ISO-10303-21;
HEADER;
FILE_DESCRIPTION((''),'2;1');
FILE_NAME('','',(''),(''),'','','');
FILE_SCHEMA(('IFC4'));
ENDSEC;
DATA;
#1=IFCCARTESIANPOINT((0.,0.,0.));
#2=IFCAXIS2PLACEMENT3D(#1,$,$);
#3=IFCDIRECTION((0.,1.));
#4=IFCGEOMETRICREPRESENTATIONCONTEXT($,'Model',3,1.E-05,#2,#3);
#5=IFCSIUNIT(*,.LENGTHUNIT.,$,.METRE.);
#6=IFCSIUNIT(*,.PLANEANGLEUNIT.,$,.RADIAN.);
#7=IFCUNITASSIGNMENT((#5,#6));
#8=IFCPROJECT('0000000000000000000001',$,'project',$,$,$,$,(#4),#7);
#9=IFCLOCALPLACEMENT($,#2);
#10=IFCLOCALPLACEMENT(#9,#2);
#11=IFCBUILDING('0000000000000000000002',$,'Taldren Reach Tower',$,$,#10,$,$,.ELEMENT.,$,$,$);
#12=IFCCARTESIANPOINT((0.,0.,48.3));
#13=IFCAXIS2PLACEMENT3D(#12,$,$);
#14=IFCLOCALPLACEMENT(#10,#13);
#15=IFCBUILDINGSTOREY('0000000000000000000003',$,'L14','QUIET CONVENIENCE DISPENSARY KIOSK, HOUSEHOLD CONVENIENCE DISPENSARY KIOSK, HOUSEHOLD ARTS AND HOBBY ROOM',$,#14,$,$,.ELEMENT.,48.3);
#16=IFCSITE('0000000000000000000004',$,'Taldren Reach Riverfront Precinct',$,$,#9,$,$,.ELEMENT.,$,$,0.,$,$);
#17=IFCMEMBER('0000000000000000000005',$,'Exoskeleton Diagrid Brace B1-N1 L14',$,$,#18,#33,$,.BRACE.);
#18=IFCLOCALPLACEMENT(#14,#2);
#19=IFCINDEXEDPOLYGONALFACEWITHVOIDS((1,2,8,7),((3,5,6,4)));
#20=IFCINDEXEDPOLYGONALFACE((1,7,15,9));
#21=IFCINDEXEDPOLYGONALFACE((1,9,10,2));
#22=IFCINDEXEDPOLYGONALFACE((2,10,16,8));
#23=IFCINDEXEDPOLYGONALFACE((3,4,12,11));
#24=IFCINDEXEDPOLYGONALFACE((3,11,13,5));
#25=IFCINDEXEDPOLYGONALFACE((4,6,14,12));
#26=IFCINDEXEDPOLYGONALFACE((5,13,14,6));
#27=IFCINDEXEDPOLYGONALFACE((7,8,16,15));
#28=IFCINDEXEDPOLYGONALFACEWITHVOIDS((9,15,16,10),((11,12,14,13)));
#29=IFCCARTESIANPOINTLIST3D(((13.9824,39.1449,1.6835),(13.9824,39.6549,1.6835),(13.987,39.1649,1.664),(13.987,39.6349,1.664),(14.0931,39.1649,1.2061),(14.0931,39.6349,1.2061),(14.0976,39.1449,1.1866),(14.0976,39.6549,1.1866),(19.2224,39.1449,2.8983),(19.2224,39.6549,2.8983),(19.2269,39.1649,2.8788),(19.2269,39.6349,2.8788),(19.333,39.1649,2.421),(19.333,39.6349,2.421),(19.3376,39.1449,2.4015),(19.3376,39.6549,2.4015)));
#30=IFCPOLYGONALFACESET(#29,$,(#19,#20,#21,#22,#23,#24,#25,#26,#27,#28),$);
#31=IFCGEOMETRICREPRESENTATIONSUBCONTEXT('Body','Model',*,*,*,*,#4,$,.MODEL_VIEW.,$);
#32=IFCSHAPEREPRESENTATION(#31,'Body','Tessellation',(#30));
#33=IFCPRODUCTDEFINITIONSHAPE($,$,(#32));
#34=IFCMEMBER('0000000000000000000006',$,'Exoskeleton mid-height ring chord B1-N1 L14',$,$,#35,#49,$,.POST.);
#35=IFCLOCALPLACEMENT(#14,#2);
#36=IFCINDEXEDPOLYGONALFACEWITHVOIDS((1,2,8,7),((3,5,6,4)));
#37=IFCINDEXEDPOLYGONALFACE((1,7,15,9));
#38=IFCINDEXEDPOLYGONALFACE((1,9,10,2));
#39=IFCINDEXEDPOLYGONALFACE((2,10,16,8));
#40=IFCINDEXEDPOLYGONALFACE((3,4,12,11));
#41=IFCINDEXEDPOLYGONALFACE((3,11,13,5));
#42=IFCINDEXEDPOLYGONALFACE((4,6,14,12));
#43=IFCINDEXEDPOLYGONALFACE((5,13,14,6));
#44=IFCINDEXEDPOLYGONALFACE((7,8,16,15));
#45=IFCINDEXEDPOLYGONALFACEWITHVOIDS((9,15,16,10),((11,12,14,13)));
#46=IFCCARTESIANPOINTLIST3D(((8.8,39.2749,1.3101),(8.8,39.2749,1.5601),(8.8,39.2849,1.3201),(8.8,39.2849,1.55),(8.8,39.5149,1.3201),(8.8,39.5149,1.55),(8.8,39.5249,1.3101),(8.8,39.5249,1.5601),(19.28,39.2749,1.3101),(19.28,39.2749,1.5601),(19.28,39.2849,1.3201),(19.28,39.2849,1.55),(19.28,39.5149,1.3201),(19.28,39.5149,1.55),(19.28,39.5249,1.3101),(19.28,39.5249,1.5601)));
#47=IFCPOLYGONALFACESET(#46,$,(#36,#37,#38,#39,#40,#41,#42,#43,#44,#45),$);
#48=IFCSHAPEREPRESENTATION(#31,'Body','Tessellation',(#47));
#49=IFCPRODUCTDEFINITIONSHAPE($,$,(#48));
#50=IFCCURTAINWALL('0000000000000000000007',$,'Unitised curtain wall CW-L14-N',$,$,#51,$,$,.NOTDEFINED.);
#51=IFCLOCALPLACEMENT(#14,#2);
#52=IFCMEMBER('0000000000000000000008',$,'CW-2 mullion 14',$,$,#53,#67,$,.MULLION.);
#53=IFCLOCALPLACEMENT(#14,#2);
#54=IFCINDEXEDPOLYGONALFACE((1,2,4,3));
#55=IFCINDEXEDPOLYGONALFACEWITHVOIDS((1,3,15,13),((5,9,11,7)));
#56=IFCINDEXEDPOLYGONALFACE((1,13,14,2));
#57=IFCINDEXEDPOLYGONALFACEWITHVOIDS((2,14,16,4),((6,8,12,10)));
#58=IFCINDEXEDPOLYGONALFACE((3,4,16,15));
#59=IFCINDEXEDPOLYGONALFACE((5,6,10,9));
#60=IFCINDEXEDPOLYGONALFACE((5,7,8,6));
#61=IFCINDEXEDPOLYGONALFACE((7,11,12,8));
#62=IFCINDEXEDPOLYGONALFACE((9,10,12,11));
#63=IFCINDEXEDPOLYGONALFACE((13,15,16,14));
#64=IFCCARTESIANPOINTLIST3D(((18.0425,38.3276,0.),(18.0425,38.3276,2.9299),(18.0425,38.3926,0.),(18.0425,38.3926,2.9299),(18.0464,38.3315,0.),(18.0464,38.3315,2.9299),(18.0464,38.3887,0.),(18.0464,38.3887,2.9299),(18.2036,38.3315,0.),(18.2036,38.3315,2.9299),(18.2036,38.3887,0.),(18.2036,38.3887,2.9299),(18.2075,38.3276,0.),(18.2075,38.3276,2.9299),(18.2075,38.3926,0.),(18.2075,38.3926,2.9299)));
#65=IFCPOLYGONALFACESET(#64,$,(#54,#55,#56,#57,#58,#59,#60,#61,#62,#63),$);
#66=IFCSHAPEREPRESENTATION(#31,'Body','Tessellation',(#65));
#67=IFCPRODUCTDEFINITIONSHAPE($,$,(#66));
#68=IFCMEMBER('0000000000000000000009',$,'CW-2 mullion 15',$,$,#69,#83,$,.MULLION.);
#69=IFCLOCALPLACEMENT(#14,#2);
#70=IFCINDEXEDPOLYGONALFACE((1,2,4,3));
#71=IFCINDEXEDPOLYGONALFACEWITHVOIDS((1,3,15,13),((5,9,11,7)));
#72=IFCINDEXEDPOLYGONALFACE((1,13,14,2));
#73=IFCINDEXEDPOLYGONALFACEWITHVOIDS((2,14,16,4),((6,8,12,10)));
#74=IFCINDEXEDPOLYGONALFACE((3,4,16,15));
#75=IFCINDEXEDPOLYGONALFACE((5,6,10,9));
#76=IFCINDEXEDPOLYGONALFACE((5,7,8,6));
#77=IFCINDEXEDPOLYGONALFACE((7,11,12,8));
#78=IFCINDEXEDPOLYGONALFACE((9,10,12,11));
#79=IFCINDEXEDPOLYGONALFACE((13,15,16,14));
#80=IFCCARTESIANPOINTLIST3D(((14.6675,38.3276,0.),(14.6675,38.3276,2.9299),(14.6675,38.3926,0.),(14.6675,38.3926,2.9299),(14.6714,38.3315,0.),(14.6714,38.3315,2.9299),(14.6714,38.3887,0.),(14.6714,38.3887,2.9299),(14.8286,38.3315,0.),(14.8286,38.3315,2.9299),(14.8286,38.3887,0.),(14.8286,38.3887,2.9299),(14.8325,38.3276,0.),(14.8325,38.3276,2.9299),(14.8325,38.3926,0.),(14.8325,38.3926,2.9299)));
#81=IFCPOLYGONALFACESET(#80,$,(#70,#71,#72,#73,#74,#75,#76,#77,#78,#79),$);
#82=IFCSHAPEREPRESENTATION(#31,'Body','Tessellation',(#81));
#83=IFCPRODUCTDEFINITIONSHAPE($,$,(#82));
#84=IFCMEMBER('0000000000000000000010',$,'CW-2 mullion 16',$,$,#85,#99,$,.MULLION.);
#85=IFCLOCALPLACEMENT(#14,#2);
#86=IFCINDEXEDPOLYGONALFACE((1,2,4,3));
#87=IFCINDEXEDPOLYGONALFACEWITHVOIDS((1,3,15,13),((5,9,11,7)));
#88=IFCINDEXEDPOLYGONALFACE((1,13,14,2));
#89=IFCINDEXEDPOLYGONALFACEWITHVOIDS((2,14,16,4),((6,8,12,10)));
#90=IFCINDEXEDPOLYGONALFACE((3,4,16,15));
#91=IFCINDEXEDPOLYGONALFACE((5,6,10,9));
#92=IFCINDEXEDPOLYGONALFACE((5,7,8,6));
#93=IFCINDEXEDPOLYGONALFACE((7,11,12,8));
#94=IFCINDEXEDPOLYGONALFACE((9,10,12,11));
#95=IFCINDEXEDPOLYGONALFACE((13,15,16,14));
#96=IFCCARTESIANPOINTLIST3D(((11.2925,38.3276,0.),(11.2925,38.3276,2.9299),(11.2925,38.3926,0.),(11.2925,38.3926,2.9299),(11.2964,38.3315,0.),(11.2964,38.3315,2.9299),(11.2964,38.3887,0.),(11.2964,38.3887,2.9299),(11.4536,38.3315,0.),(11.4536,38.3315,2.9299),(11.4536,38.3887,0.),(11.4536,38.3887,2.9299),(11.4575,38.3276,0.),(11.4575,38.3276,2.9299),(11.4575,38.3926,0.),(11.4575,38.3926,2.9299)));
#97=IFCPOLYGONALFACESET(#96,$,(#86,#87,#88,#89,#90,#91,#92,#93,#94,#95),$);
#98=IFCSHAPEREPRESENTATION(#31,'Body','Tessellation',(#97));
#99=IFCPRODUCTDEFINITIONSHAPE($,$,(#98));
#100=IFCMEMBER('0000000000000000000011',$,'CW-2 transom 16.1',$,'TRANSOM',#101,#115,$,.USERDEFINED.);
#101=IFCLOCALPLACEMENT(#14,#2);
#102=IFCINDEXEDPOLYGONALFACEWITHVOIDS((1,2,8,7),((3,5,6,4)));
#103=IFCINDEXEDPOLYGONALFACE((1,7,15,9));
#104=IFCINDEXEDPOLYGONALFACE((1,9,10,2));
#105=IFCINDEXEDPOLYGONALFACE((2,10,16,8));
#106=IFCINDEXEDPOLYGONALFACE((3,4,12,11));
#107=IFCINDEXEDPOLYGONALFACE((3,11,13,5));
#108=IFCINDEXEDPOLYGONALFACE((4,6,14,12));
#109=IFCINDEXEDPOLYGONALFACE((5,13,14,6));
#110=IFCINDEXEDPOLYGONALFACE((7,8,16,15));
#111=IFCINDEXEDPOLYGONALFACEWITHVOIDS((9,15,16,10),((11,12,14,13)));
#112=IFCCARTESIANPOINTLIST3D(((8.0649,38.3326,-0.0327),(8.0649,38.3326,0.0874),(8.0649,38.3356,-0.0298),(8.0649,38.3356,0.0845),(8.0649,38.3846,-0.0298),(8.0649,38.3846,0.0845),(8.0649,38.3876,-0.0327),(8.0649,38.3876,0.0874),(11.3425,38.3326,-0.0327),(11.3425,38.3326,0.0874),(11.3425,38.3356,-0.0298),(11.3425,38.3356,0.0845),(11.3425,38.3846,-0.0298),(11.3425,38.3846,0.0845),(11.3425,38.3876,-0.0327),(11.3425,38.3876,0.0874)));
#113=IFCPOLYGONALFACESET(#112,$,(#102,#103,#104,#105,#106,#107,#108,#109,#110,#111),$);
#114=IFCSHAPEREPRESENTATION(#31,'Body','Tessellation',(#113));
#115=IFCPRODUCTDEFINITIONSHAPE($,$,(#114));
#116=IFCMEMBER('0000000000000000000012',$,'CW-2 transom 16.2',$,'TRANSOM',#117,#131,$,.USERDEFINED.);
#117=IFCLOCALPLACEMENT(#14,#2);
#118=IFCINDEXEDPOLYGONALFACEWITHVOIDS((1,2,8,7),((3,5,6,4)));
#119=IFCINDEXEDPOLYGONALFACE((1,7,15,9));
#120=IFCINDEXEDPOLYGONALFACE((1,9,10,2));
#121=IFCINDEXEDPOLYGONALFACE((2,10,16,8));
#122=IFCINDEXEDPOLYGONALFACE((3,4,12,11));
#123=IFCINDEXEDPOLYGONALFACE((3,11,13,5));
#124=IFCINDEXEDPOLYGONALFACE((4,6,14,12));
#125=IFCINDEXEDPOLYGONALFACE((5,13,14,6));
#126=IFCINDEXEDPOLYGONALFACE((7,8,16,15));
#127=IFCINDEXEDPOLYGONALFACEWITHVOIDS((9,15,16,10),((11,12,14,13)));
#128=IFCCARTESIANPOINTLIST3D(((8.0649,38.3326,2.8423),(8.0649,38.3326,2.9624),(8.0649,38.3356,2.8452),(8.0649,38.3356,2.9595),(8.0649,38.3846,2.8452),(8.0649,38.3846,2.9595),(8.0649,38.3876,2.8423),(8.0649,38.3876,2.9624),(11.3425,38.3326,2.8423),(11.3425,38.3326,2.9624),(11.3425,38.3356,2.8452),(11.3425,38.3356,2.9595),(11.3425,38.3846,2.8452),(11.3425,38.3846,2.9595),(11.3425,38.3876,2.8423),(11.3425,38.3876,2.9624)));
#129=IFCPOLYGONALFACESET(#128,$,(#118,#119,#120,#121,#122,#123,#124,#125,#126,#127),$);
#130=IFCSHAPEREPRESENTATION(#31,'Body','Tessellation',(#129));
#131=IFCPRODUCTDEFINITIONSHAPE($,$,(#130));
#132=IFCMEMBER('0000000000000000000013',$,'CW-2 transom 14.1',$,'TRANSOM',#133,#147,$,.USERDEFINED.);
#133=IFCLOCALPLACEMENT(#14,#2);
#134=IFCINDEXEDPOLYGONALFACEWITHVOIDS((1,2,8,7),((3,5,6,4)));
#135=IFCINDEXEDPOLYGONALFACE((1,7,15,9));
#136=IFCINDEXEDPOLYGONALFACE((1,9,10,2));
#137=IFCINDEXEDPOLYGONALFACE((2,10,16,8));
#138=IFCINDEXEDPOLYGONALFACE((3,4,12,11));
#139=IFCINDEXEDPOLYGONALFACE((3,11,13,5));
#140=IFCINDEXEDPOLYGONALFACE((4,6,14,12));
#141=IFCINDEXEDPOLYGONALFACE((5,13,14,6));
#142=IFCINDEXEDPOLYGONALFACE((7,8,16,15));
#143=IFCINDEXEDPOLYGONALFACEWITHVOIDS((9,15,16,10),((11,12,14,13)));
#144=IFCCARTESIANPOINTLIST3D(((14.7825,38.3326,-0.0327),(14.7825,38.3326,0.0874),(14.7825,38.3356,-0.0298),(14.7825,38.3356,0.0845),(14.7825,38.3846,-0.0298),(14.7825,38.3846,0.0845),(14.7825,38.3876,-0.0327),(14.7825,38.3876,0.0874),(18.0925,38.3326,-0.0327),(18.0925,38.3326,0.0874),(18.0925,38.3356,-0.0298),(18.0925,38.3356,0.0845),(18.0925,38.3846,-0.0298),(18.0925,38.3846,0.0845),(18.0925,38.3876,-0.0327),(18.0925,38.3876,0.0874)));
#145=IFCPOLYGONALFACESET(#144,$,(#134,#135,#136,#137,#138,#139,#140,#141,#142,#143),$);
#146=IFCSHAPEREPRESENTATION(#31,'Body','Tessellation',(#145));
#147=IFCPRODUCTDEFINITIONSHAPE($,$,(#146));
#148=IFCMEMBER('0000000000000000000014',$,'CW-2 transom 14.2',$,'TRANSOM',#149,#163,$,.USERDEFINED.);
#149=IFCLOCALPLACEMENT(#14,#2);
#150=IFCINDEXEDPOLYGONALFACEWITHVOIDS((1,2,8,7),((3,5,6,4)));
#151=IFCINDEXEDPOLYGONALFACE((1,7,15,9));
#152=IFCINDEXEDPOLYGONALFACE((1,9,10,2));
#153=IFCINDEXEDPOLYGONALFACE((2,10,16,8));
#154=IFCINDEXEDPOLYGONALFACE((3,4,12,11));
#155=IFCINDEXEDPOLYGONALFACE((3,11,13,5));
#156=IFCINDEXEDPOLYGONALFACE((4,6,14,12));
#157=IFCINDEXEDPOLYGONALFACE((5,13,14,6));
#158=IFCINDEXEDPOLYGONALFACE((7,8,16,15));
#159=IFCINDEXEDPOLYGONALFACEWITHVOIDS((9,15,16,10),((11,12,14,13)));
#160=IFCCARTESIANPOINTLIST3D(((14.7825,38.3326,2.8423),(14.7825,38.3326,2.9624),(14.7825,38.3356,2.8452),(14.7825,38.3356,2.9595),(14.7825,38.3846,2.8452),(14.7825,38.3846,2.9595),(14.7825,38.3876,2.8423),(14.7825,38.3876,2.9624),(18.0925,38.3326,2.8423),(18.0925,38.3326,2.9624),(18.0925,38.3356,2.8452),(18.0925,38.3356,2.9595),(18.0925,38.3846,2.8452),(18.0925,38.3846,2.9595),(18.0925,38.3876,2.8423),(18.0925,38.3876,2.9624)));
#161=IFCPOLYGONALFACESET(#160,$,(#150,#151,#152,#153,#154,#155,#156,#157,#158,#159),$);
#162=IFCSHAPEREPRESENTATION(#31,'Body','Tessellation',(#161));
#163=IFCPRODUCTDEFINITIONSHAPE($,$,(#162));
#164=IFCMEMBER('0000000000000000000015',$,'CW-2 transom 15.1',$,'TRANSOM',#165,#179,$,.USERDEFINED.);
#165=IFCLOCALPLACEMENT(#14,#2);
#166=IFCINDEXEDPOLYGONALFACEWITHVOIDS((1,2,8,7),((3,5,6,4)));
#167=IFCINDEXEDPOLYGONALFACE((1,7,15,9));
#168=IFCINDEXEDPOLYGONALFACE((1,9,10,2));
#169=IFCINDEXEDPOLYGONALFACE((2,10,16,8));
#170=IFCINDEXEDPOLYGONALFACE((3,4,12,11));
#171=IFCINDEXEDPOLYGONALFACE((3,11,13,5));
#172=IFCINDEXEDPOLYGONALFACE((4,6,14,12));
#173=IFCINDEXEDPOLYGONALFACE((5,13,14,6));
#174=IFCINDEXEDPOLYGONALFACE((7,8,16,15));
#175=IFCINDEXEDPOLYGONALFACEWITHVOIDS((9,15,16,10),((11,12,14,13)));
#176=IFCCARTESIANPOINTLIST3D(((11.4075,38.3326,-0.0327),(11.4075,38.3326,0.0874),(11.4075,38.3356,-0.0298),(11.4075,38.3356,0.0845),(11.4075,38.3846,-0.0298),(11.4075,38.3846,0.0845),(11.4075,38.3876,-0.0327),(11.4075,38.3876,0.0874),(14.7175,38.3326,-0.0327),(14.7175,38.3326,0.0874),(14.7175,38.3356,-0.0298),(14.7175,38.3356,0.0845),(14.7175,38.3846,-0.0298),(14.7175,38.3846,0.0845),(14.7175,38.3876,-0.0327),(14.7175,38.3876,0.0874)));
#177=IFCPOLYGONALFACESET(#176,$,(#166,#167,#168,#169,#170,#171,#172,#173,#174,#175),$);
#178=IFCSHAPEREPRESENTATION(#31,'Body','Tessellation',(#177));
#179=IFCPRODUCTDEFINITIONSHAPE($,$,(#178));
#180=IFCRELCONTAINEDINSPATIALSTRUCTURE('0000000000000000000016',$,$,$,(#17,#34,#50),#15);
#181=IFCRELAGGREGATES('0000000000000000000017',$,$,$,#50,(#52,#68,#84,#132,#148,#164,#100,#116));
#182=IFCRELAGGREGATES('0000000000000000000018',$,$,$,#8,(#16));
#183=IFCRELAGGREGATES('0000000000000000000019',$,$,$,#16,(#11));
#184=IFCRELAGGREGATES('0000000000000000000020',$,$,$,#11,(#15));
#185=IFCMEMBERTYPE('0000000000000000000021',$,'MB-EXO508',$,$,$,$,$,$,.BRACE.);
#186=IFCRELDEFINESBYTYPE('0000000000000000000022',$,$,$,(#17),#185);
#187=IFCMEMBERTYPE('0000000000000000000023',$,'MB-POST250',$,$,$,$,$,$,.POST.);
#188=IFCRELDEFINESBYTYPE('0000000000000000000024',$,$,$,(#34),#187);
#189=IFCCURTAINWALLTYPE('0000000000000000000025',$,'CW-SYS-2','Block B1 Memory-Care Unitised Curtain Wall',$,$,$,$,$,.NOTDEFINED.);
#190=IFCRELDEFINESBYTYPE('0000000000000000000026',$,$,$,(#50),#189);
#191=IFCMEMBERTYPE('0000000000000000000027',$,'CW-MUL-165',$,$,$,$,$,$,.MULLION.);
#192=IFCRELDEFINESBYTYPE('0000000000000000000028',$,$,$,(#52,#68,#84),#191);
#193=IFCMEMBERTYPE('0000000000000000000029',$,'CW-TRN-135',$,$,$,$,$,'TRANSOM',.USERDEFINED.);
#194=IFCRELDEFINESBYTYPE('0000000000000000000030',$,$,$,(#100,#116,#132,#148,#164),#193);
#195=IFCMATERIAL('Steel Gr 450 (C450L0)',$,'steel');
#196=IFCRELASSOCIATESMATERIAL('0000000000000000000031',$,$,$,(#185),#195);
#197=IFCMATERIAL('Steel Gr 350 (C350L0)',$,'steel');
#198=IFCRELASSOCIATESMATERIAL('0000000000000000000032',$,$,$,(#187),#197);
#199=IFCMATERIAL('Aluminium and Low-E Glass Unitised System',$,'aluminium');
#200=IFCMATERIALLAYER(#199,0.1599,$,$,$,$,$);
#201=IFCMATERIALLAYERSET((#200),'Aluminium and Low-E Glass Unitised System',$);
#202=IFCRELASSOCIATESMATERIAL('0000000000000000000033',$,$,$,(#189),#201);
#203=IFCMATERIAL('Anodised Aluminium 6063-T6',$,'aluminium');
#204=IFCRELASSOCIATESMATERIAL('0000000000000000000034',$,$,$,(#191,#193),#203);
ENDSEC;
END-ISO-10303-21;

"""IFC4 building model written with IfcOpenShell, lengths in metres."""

from ifc_helpers import new_model, si_unit, direction, frame, origin, origin_2d, place, context, subcontext, project, spatial, hollow_rectangle, extrude, source, transform, mapped, material, layer, layer_set, material_profile, profile_set, type_object, element, aggregate, save


model = new_model("IFC4")

# Units and contexts
model_context = context("Model", 3, precision=1e-05, world=origin(), true_north=direction((0.0, 1.0)))
body_context = subcontext(model_context, "Body", "Model", "MODEL_VIEW")
ifc_project = project(units=[si_unit("LENGTHUNIT", "METRE"), si_unit("PLANEANGLEUNIT", "RADIAN")], contexts=[model_context])

# Site, building, storey
site_placement = place(None, origin())
site = spatial("IfcSite", under=ifc_project, at=site_placement, Name="Taldren Reach Riverfront Precinct", CompositionType="ELEMENT", RefElevation=0.0)
building_placement = place(site_placement, origin())
building = spatial("IfcBuilding", under=site, at=building_placement, Name="Taldren Reach Tower", CompositionType="ELEMENT")
storey_placement = place(building_placement, frame((0.0, 0.0, 48.3)))
storey = spatial("IfcBuildingStorey", under=building, at=storey_placement, Name="L14", Description="QUIET CONVENIENCE DISPENSARY KIOSK, HOUSEHOLD CONVENIENCE DISPENSARY KIOSK, HOUSEHOLD ARTS AND HOBBY ROOM", CompositionType="ELEMENT", Elevation=48.3)

# Members
ifc_material_1 = material(Name="Steel Gr 450 (C450L0)", Category="steel")
ifc_material_profile_1 = material_profile(ifc_material_1, hollow_rectangle(XDim=0.51, YDim=0.51, WallThickness=0.02, at=origin_2d()), Name="510x510x20.0SHS")
ifc_profile_set_1 = profile_set([ifc_material_profile_1], Name="Steel Gr 450 (C450L0)")
member_type_1 = type_object("IfcMemberType", Name="MB-EXO508", PredefinedType="BRACE", material=ifc_profile_set_1)
shared_shape_1 = source(origin(), body_context, "Body", "SweptSolid", [
    extrude(hollow_rectangle(XDim=0.51, YDim=0.51, WallThickness=0.02, at=origin_2d()), origin(), (0.0, 0.0, 1.0), 5.3789),
])
member_1_placement = place(storey_placement, frame((14.04, 39.3999, 1.4351), z_axis=(0.974162, 0.0, 0.225851), x_axis=(0.0, 1.0, 0.0)))
element("IfcMember", 1, at=member_1_placement, inside=storey, type_object=member_type_1, Name="Exoskeleton Diagrid Brace B1-N1 L14", PredefinedType="BRACE", context=body_context, shape_type="MappedRepresentation", body=[
    mapped(shared_shape_1, transform((0.0, 0.0, 0.0), scale=1.0)),
])
ifc_material_2 = material(Name="Steel Gr 350 (C350L0)", Category="steel")
ifc_material_profile_2 = material_profile(ifc_material_2, hollow_rectangle(XDim=0.25, YDim=0.25, WallThickness=0.01, at=origin_2d()), Name="250x250x10.0SHS")
ifc_profile_set_2 = profile_set([ifc_material_profile_2], Name="Steel Gr 350 (C350L0)")
member_type_2 = type_object("IfcMemberType", Name="MB-POST250", PredefinedType="POST", material=ifc_profile_set_2)
shared_shape_2 = source(origin(), body_context, "Body", "SweptSolid", [
    extrude(hollow_rectangle(XDim=0.25, YDim=0.25, WallThickness=0.01, at=origin_2d()), origin(), (0.0, 0.0, 1.0), 10.48),
])
member_2_placement = place(storey_placement, frame((8.8, 39.3999, 1.4351), z_axis=(1.0, 0.0, 0.0), x_axis=(0.0, 1.0, 0.0)))
element("IfcMember", 2, at=member_2_placement, inside=storey, type_object=member_type_2, Name="Exoskeleton mid-height ring chord B1-N1 L14", PredefinedType="POST", context=body_context, shape_type="MappedRepresentation", body=[
    mapped(shared_shape_2, transform((0.0, 0.0, 0.0), scale=1.0)),
])

# Curtain wall, members
ifc_material_3 = material(Name="Aluminium and Low-E Glass Unitised System", Category="aluminium")
ifc_layer_1 = layer(ifc_material_3, 0.1599)
ifc_layer_set_1 = layer_set([ifc_layer_1], Name="Aluminium and Low-E Glass Unitised System")
curtain_wall_type = type_object("IfcCurtainWallType", Name="CW-SYS-2", Description="Block B1 Memory-Care Unitised Curtain Wall", PredefinedType="NOTDEFINED", material=ifc_layer_set_1)
curtain_wall_placement = place(storey_placement, origin())
curtain_wall = element("IfcCurtainWall", 3, at=curtain_wall_placement, inside=storey, type_object=curtain_wall_type, Name="Unitised curtain wall CW-L14-N", PredefinedType="NOTDEFINED")
ifc_material_4 = material(Name="Anodised Aluminium 6063-T6", Category="aluminium")
ifc_material_profile_3 = material_profile(ifc_material_4, hollow_rectangle(XDim=0.0649, YDim=0.165, WallThickness=0.0039, at=origin_2d()), Name="ALU-165x65x4RHS")
ifc_profile_set_3 = profile_set([ifc_material_profile_3], Name="Anodised Aluminium 6063-T6")
member_type_3 = type_object("IfcMemberType", Name="CW-MUL-165", PredefinedType="MULLION", material=ifc_profile_set_3)
shared_shape_3 = source(origin(), body_context, "Body", "SweptSolid", [
    extrude(hollow_rectangle(XDim=0.0649, YDim=0.165, WallThickness=0.0039, at=origin_2d()), origin(), (0.0, 0.0, 1.0), 2.9299),
])
member_3_placement = place(storey_placement, frame((18.125, 38.3601, 0.0), z_axis=(0.0, 0.0, 1.0), x_axis=(0.0, -1.0, 0.0)))
member_3 = element("IfcMember", 4, at=member_3_placement, type_object=member_type_3, Name="CW-2 mullion 14", PredefinedType="MULLION", context=body_context, shape_type="MappedRepresentation", body=[
    mapped(shared_shape_3, transform((0.0, 0.0, 0.0), scale=1.0)),
])
member_4_placement = place(storey_placement, frame((14.75, 38.3601, 0.0), z_axis=(0.0, 0.0, 1.0), x_axis=(0.0, -1.0, 0.0)))
member_4 = element("IfcMember", 5, at=member_4_placement, type_object=member_type_3, Name="CW-2 mullion 15", PredefinedType="MULLION", context=body_context, shape_type="MappedRepresentation", body=[
    mapped(shared_shape_3, transform((0.0, 0.0, 0.0), scale=1.0)),
])
member_5_placement = place(storey_placement, frame((11.375, 38.3601, 0.0), z_axis=(0.0, 0.0, 1.0), x_axis=(0.0, -1.0, 0.0)))
member_5 = element("IfcMember", 6, at=member_5_placement, type_object=member_type_3, Name="CW-2 mullion 16", PredefinedType="MULLION", context=body_context, shape_type="MappedRepresentation", body=[
    mapped(shared_shape_3, transform((0.0, 0.0, 0.0), scale=1.0)),
])
ifc_material_profile_4 = material_profile(ifc_material_4, hollow_rectangle(XDim=0.0549, YDim=0.1201, WallThickness=0.0029, at=origin_2d()), Name="ALU-120x55x3RHS")
ifc_profile_set_4 = profile_set([ifc_material_profile_4], Name="Anodised Aluminium 6063-T6")
member_type_4 = type_object("IfcMemberType", Name="CW-TRN-135", ElementType="TRANSOM", PredefinedType="USERDEFINED", material=ifc_profile_set_4)
shared_shape_4 = source(origin(), body_context, "Body", "SweptSolid", [
    extrude(hollow_rectangle(XDim=0.0549, YDim=0.1201, WallThickness=0.0029, at=origin_2d()), origin(), (0.0, 0.0, 1.0), 3.2776),
])
member_6_placement = place(storey_placement, frame((11.3425, 38.3601, 0.0273), z_axis=(-1.0, 0.0, 0.0), x_axis=(0.0, -1.0, 0.0)))
member_6 = element("IfcMember", 7, at=member_6_placement, type_object=member_type_4, Name="CW-2 transom 16.1", ObjectType="TRANSOM", PredefinedType="USERDEFINED", context=body_context, shape_type="MappedRepresentation", body=[
    mapped(shared_shape_4, transform((0.0, 0.0, 0.0), scale=1.0)),
])
member_7_placement = place(storey_placement, frame((11.3425, 38.3601, 2.9023), z_axis=(-1.0, 0.0, 0.0), x_axis=(0.0, -1.0, 0.0)))
member_7 = element("IfcMember", 8, at=member_7_placement, type_object=member_type_4, Name="CW-2 transom 16.2", ObjectType="TRANSOM", PredefinedType="USERDEFINED", context=body_context, shape_type="MappedRepresentation", body=[
    mapped(shared_shape_4, transform((0.0, 0.0, 0.0), scale=1.0)),
])
shared_shape_5 = source(origin(), body_context, "Body", "SweptSolid", [
    extrude(hollow_rectangle(XDim=0.0549, YDim=0.1201, WallThickness=0.0029, at=origin_2d()), origin(), (0.0, 0.0, 1.0), 3.3101),
])
member_8_placement = place(storey_placement, frame((18.0925, 38.3601, 0.0273), z_axis=(-1.0, 0.0, 0.0), x_axis=(0.0, -1.0, 0.0)))
member_8 = element("IfcMember", 9, at=member_8_placement, type_object=member_type_4, Name="CW-2 transom 14.1", ObjectType="TRANSOM", PredefinedType="USERDEFINED", context=body_context, shape_type="MappedRepresentation", body=[
    mapped(shared_shape_5, transform((0.0, 0.0, 0.0), scale=1.0)),
])
member_9_placement = place(storey_placement, frame((18.0925, 38.3601, 2.9023), z_axis=(-1.0, 0.0, 0.0), x_axis=(0.0, -1.0, 0.0)))
member_9 = element("IfcMember", 10, at=member_9_placement, type_object=member_type_4, Name="CW-2 transom 14.2", ObjectType="TRANSOM", PredefinedType="USERDEFINED", context=body_context, shape_type="MappedRepresentation", body=[
    mapped(shared_shape_5, transform((0.0, 0.0, 0.0), scale=1.0)),
])
member_10_placement = place(storey_placement, frame((14.7175, 38.3601, 0.0273), z_axis=(-1.0, 0.0, 0.0), x_axis=(0.0, -1.0, 0.0)))
member_10 = element("IfcMember", 11, at=member_10_placement, type_object=member_type_4, Name="CW-2 transom 15.1", ObjectType="TRANSOM", PredefinedType="USERDEFINED", context=body_context, shape_type="MappedRepresentation", body=[
    mapped(shared_shape_5, transform((0.0, 0.0, 0.0), scale=1.0)),
])

aggregate(curtain_wall, [member_3, member_4, member_5, member_8, member_9, member_10, member_6, member_7])

save(model, "model.ifc")
